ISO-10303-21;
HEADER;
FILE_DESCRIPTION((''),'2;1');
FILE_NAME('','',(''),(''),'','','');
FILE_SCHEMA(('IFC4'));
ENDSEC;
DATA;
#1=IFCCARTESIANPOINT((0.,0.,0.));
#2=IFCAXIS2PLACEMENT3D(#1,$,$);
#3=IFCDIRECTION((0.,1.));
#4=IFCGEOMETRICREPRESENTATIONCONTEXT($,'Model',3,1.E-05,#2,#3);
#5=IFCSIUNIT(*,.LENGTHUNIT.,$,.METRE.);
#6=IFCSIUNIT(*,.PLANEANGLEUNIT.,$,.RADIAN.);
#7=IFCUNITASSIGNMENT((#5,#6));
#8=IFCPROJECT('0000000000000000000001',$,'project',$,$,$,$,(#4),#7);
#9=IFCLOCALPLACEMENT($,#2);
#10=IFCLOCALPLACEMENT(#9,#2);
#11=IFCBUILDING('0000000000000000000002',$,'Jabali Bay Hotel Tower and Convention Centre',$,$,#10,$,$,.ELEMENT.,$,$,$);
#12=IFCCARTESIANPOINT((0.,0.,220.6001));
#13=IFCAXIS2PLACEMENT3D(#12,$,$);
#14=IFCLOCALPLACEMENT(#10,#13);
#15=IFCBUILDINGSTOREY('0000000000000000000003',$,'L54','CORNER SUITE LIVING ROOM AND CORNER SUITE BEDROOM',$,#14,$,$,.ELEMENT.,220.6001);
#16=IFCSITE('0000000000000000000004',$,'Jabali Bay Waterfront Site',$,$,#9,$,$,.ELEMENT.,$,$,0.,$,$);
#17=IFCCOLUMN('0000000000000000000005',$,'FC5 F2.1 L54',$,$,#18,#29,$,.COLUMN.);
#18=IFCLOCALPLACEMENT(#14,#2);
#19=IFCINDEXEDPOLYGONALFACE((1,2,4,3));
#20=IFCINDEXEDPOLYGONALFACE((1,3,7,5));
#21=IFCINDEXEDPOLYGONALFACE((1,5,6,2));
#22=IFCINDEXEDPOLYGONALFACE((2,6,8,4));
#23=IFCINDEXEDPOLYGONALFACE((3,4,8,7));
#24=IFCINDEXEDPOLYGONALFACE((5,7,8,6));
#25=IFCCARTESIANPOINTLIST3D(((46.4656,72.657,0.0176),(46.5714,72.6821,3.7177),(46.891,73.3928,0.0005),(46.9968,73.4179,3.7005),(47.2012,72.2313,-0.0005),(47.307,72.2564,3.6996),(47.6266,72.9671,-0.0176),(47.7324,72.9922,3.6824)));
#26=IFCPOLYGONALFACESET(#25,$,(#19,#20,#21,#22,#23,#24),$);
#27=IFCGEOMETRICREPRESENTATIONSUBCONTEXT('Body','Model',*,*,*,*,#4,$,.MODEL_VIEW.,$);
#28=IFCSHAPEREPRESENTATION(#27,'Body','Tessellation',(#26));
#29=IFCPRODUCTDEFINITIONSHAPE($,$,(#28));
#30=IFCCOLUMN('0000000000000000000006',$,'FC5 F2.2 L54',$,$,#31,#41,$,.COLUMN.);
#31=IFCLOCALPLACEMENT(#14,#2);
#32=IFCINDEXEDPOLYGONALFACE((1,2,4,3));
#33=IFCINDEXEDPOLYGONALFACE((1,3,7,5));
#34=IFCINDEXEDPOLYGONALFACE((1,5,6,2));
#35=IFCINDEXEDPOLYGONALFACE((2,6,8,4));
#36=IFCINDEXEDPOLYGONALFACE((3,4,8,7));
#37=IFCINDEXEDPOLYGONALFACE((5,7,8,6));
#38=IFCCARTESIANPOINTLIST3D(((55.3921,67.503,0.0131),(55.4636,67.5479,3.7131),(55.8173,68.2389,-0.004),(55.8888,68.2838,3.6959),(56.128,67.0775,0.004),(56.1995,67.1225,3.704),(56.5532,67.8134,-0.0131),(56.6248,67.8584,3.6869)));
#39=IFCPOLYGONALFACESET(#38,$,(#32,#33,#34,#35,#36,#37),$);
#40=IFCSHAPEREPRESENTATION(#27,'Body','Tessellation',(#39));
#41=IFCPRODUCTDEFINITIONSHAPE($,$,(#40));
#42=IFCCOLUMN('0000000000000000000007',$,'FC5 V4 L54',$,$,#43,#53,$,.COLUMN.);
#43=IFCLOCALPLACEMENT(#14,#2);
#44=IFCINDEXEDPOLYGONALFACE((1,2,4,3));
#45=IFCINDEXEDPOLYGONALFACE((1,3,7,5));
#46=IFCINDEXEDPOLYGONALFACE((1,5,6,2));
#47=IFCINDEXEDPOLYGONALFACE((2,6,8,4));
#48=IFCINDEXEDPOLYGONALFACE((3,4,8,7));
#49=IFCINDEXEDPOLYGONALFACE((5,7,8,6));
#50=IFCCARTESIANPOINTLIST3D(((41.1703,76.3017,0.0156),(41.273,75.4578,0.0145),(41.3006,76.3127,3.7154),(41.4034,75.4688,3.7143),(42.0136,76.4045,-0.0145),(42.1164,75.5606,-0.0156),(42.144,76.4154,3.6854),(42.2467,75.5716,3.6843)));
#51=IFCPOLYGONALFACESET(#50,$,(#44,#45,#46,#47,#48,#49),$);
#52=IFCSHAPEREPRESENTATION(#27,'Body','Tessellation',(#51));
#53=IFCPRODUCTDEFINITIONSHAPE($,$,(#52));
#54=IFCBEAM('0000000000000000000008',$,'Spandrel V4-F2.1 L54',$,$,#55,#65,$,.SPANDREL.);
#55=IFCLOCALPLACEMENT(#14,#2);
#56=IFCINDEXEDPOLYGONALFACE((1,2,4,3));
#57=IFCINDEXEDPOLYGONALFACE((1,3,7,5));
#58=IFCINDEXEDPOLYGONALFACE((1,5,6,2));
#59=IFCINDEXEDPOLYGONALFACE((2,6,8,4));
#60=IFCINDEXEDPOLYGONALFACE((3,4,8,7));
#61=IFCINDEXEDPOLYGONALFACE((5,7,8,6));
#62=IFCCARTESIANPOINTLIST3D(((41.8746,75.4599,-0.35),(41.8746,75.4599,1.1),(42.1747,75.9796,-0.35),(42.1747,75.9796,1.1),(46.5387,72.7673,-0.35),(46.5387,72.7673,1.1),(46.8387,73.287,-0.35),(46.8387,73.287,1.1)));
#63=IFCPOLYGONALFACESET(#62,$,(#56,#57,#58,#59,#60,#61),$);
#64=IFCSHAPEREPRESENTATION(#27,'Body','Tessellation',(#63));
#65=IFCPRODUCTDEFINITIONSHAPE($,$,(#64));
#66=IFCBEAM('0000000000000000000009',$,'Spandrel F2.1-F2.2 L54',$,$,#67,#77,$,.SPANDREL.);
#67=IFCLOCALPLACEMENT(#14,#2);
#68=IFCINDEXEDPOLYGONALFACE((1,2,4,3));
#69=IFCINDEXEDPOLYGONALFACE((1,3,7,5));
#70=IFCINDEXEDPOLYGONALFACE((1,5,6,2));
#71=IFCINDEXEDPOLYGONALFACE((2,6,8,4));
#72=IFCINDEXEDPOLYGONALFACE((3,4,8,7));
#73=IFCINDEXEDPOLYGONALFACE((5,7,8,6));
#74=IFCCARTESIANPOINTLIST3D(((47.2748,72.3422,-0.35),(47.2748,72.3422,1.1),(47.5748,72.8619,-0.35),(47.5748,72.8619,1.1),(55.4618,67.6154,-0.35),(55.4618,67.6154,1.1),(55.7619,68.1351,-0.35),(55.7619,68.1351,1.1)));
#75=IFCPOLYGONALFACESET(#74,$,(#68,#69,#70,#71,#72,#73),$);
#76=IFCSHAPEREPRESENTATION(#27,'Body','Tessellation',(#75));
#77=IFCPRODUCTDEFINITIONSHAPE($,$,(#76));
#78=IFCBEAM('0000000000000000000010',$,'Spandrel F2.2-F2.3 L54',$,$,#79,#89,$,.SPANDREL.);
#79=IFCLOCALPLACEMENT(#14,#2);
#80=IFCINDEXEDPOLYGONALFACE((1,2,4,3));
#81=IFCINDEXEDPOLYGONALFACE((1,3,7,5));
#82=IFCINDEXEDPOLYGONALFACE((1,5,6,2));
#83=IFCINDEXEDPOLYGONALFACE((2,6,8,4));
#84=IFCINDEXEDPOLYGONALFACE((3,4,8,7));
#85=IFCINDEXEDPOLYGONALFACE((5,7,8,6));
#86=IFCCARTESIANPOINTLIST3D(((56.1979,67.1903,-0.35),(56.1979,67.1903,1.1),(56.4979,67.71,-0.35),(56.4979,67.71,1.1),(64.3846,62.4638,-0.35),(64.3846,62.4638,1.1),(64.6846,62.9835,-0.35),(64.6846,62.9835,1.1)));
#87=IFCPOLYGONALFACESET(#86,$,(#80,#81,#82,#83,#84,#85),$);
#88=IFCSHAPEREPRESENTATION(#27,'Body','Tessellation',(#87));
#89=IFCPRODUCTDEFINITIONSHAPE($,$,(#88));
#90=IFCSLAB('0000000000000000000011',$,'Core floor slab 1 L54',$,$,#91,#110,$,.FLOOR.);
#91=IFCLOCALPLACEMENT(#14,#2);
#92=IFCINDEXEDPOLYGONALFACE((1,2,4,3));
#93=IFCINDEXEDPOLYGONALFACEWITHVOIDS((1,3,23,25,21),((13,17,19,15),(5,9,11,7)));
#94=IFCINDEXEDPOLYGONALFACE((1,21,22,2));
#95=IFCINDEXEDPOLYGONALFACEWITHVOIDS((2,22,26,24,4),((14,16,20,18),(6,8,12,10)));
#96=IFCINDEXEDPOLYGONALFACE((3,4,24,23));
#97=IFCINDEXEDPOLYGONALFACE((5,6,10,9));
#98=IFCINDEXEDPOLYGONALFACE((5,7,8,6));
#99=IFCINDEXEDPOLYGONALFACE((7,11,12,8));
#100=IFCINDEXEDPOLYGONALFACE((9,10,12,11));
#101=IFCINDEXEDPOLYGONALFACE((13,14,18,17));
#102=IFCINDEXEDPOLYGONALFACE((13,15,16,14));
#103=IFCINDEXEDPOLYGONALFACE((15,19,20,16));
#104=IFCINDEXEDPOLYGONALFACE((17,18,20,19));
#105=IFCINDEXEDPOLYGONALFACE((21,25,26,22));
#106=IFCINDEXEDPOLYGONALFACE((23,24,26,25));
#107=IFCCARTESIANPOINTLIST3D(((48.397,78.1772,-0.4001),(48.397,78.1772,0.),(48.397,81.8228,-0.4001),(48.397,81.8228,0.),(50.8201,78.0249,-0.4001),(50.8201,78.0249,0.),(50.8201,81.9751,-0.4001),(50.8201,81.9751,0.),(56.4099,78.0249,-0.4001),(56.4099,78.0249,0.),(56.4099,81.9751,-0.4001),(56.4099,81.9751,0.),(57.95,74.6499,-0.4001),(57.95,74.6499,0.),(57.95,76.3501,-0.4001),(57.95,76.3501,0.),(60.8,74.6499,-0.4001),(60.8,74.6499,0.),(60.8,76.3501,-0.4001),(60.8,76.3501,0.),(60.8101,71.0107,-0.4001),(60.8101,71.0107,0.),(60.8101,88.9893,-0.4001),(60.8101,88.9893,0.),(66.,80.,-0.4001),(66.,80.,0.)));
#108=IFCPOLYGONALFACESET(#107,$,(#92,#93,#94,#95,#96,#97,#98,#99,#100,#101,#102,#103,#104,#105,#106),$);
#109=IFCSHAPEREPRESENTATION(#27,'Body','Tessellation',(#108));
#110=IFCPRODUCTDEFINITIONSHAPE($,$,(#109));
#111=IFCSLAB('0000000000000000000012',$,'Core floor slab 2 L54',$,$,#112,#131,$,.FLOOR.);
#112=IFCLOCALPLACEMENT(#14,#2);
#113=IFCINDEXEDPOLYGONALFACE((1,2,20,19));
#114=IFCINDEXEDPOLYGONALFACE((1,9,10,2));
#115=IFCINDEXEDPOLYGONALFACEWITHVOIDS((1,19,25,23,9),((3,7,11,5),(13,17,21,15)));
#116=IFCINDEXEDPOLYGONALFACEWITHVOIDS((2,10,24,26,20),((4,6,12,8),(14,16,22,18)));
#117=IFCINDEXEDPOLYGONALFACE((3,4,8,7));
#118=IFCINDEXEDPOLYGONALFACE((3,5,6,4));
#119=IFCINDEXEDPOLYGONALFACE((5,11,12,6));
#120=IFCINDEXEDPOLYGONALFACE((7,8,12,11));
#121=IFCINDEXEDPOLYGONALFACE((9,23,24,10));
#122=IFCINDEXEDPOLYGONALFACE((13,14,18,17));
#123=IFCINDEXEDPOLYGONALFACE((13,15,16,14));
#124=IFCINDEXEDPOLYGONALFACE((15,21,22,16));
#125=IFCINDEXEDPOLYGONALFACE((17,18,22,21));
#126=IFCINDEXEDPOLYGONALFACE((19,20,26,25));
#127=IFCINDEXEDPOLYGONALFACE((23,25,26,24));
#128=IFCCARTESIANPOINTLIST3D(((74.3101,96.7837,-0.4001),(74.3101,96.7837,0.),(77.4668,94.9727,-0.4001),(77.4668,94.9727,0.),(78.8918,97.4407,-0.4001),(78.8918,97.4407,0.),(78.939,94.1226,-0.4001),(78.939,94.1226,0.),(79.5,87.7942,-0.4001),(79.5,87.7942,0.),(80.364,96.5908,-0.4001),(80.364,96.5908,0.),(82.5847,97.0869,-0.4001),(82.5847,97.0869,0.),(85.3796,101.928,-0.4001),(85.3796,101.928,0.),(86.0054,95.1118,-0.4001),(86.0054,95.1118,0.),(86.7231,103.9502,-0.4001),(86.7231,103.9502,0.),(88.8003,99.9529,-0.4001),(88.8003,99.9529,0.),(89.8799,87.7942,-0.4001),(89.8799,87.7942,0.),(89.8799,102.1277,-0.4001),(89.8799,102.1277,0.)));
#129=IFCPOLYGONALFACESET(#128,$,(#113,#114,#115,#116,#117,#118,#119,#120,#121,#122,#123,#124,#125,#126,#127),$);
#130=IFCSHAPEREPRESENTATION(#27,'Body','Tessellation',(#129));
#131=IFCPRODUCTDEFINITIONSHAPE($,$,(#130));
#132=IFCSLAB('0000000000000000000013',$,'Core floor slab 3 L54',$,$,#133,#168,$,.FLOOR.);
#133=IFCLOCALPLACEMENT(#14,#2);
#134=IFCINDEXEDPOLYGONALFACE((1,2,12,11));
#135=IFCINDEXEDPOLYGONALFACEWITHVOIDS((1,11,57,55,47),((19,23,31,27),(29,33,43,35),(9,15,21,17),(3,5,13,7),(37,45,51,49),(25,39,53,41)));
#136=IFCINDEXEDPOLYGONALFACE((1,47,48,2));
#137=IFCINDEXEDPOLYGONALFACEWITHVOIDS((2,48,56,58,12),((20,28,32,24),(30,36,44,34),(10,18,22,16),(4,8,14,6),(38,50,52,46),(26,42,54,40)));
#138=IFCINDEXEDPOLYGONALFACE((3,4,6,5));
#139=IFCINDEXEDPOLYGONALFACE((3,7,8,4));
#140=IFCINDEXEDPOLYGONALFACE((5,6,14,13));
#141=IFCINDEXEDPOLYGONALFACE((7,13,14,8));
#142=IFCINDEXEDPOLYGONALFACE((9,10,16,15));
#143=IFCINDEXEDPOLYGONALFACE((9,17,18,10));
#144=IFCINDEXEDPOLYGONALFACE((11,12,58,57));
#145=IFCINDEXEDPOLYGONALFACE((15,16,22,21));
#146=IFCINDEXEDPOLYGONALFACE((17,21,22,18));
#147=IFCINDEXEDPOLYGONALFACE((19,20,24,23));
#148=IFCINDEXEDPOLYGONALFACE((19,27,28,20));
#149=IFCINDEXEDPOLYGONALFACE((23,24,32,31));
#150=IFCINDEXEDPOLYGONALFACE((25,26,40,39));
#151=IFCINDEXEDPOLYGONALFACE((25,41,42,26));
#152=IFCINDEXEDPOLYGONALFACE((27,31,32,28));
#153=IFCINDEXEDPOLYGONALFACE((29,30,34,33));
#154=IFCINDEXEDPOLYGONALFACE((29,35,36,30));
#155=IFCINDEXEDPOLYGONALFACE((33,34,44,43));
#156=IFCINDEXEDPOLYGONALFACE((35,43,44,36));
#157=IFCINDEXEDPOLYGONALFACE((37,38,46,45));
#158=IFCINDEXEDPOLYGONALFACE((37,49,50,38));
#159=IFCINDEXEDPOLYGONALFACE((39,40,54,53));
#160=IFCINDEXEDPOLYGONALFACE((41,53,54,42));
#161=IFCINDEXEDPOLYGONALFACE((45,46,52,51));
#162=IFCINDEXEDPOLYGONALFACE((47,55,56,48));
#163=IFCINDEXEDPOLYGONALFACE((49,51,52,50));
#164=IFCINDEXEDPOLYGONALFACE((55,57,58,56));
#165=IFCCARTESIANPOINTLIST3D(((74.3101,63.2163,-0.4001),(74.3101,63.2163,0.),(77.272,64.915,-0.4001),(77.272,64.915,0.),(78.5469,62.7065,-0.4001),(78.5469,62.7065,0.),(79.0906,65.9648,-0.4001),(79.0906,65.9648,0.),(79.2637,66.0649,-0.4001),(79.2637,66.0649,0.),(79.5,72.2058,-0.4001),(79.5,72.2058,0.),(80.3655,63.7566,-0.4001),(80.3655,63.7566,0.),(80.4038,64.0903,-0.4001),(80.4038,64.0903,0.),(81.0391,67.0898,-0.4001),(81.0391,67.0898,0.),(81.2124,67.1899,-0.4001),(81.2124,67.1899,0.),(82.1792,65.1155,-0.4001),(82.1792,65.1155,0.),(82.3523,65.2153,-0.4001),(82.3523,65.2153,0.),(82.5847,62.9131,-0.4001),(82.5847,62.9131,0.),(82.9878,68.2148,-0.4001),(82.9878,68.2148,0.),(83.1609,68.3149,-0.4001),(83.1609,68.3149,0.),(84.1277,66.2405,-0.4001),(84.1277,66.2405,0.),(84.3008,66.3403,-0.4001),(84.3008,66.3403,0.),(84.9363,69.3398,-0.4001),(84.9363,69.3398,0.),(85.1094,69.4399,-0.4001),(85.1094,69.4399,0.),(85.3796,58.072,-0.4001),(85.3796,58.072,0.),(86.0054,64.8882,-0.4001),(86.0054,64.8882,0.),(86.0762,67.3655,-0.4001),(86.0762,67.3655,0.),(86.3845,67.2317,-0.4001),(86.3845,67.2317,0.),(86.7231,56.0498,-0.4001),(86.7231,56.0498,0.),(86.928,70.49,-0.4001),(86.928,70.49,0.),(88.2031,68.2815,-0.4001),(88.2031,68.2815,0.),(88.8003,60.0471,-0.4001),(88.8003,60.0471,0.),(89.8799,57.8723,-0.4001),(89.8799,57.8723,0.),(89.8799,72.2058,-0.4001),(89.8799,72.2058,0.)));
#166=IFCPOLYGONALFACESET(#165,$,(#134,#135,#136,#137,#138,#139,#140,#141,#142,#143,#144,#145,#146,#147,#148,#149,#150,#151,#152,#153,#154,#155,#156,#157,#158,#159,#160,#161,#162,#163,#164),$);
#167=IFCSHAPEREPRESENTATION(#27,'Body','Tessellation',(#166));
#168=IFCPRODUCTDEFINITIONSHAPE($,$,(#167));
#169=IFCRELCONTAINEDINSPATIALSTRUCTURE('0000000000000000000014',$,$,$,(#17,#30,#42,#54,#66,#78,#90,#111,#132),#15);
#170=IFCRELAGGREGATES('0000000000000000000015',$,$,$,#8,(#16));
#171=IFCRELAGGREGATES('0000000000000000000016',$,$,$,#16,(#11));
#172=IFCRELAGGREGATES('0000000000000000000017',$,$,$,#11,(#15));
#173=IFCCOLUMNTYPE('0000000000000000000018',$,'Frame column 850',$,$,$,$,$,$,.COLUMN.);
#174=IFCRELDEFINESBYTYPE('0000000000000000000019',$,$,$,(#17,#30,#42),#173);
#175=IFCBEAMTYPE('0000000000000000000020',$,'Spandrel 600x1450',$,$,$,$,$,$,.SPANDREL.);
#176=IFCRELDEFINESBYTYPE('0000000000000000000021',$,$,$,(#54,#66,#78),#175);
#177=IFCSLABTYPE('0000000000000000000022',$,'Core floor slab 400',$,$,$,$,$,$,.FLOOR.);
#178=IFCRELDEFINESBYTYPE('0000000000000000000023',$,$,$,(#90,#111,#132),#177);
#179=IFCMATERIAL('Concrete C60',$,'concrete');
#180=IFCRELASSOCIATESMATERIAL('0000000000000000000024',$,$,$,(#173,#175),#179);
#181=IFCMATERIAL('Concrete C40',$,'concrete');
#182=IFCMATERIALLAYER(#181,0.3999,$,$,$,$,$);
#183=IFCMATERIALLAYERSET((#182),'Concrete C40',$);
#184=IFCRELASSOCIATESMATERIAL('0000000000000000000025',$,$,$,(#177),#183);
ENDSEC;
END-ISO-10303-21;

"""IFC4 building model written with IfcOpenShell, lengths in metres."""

from ifc_helpers import new_model, si_unit, direction, frame, origin, origin_2d, place, context, subcontext, project, spatial, polyline, rectangle, outline, extrude, material, layer, layer_set, material_profile, profile_set, type_object, element, save


model = new_model("IFC4")

# Units and contexts
model_context = context("Model", 3, precision=1e-05, world=origin(), true_north=direction((0.0, 1.0)))
body_context = subcontext(model_context, "Body", "Model", "MODEL_VIEW")
ifc_project = project(units=[si_unit("LENGTHUNIT", "METRE"), si_unit("PLANEANGLEUNIT", "RADIAN")], contexts=[model_context])

# Site, building, storey
site_placement = place(None, origin())
site = spatial("IfcSite", under=ifc_project, at=site_placement, Name="Jabali Bay Waterfront Site", CompositionType="ELEMENT", RefElevation=0.0)
building_placement = place(site_placement, origin())
building = spatial("IfcBuilding", under=site, at=building_placement, Name="Jabali Bay Hotel Tower and Convention Centre", CompositionType="ELEMENT")
storey_placement = place(building_placement, frame((0.0, 0.0, 220.6001)))
storey = spatial("IfcBuildingStorey", under=building, at=storey_placement, Name="L54", Description="CORNER SUITE LIVING ROOM AND CORNER SUITE BEDROOM", CompositionType="ELEMENT", Elevation=220.6001)

# Columns
ifc_material_1 = material(Name="Concrete C60", Category="concrete")
ifc_material_profile_1 = material_profile(ifc_material_1, rectangle(XDim=0.8501, YDim=0.8501, at=origin_2d()), Name="Frame column 850")
ifc_profile_set_1 = profile_set([ifc_material_profile_1], Name="Concrete C60")
column_type = type_object("IfcColumnType", Name="Frame column 850", PredefinedType="COLUMN", material=ifc_profile_set_1)
column_1_placement = place(storey_placement, frame((47.0461, 72.812, 0.0), z_axis=(0.028559, 0.006794, 0.999569), x_axis=(-0.86532, 0.500766, 0.02132)))
element("IfcColumn", 1, at=column_1_placement, inside=storey, type_object=column_type, Name="FC5 F2.1 L54", PredefinedType="COLUMN", context=body_context, shape_type="SweptSolid", body=[
    extrude(rectangle(XDim=0.8501, YDim=0.8501, at=origin_2d()), origin(), (0.0, 0.0, 1.0), 3.7017),
])
column_2_placement = place(storey_placement, frame((55.9727, 67.6582, 0.0), z_axis=(0.019329, 0.012138, 0.99974), x_axis=(-0.865694, 0.50046, 0.010661)))
element("IfcColumn", 2, at=column_2_placement, inside=storey, type_object=column_type, Name="FC5 F2.2 L54", PredefinedType="COLUMN", context=body_context, shape_type="SweptSolid", body=[
    extrude(rectangle(XDim=0.8501, YDim=0.8501, at=origin_2d()), origin(), (0.0, 0.0, 1.0), 3.7009),
])
column_3_placement = place(storey_placement, frame((41.6433, 75.9312, 0.0), z_axis=(0.035214, 0.002967, 0.999375), x_axis=(-0.120903, 0.992663, 0.001313)))
element("IfcColumn", 3, at=column_3_placement, inside=storey, type_object=column_type, Name="FC5 V4 L54", PredefinedType="COLUMN", context=body_context, shape_type="SweptSolid", body=[
    extrude(rectangle(XDim=0.8501, YDim=0.8501, at=origin_2d()), origin(), (0.0, 0.0, 1.0), 3.7021),
])

# Beams
ifc_material_profile_2 = material_profile(ifc_material_1, rectangle(XDim=0.6001, YDim=1.45, at=origin_2d()), Name="Spandrel 600x1450")
ifc_profile_set_2 = profile_set([ifc_material_profile_2], Name="Concrete C60")
beam_type = type_object("IfcBeamType", Name="Spandrel 600x1450", PredefinedType="SPANDREL", material=ifc_profile_set_2)
beam_1_placement = place(storey_placement, frame((42.0247, 75.7197, 0.375), z_axis=(0.866039, -0.499976, 0.0), x_axis=(0.499976, 0.866039, 0.0)))
element("IfcBeam", 4, at=beam_1_placement, inside=storey, type_object=beam_type, Name="Spandrel V4-F2.1 L54", PredefinedType="SPANDREL", context=body_context, shape_type="SweptSolid", body=[
    extrude(rectangle(XDim=0.6001, YDim=1.45, at=origin_2d()), origin(), (0.0, 0.0, 1.0), 5.3855),
])
beam_2_placement = place(storey_placement, frame((47.4248, 72.6021, 0.375), z_axis=(0.866024, -0.500003, 0.0), x_axis=(0.500003, 0.866024, 0.0)))
element("IfcBeam", 5, at=beam_2_placement, inside=storey, type_object=beam_type, Name="Spandrel F2.1-F2.2 L54", PredefinedType="SPANDREL", context=body_context, shape_type="SweptSolid", body=[
    extrude(rectangle(XDim=0.6001, YDim=1.45, at=origin_2d()), origin(), (0.0, 0.0, 1.0), 9.4536),
])
beam_3_placement = place(storey_placement, frame((56.3479, 67.4502, 0.375), z_axis=(0.866029, -0.499994, 0.0), x_axis=(0.499994, 0.866029, 0.0)))
element("IfcBeam", 6, at=beam_3_placement, inside=storey, type_object=beam_type, Name="Spandrel F2.2-F2.3 L54", PredefinedType="SPANDREL", context=body_context, shape_type="SweptSolid", body=[
    extrude(rectangle(XDim=0.6001, YDim=1.45, at=origin_2d()), origin(), (0.0, 0.0, 1.0), 9.4531),
])

# Slabs
ifc_material_2 = material(Name="Concrete C40", Category="concrete")
ifc_layer_1 = layer(ifc_material_2, 0.3999)
ifc_layer_set_1 = layer_set([ifc_layer_1], Name="Concrete C40")
slab_type_1 = type_object("IfcSlabType", Name="Core floor slab 400", PredefinedType="FLOOR", material=ifc_layer_set_1)
slab_1_placement = place(storey_placement, frame((0.0, 0.0, -0.4001)))
element("IfcSlab", 7, at=slab_1_placement, inside=storey, type_object=slab_type_1, Name="Core floor slab 1 L54", PredefinedType="FLOOR", context=body_context, shape_type="SweptSolid", body=[
    extrude(outline(polyline([(66.0, 80.0), (60.8101, 88.9893), (48.397, 81.8228), (48.397, 78.1772), (60.8101, 71.0107), (66.0, 80.0)]), holes=[polyline([(60.8, 76.3501), (57.95, 76.3501), (57.95, 74.6499), (60.8, 74.6499), (60.8, 76.3501)]), polyline([(50.8201, 81.9751), (50.8201, 78.0249), (56.4099, 78.0249), (56.4099, 81.9751), (50.8201, 81.9751)])]), origin(), (0.0, 0.0, 1.0), 0.4001),
])
slab_2_placement = place(storey_placement, frame((0.0, 0.0, -0.4001)))
element("IfcSlab", 8, at=slab_2_placement, inside=storey, type_object=slab_type_1, Name="Core floor slab 2 L54", PredefinedType="FLOOR", context=body_context, shape_type="SweptSolid", body=[
    extrude(outline(polyline([(79.5, 87.7942), (89.8799, 87.7942), (89.8799, 102.1277), (86.7231, 103.9502), (74.3101, 96.7837), (79.5, 87.7942)]), holes=[polyline([(78.939, 94.1226), (80.364, 96.5908), (78.8918, 97.4407), (77.4668, 94.9727), (78.939, 94.1226)]), polyline([(88.8003, 99.9529), (85.3796, 101.928), (82.5847, 97.0869), (86.0054, 95.1118), (88.8003, 99.9529)])]), origin(), (0.0, 0.0, 1.0), 0.4001),
])
slab_3_placement = place(storey_placement, frame((0.0, 0.0, -0.4001)))
element("IfcSlab", 9, at=slab_3_placement, inside=storey, type_object=slab_type_1, Name="Core floor slab 3 L54", PredefinedType="FLOOR", context=body_context, shape_type="SweptSolid", body=[
    extrude(outline(polyline([(79.5, 72.2058), (74.3101, 63.2163), (86.7231, 56.0498), (89.8799, 57.8723), (89.8799, 72.2058), (79.5, 72.2058)]), holes=[polyline([(82.5847, 62.9131), (85.3796, 58.072), (88.8003, 60.0471), (86.0054, 64.8882), (82.5847, 62.9131)]), polyline([(80.3655, 63.7566), (79.0906, 65.9648), (77.272, 64.915), (78.5469, 62.7065), (80.3655, 63.7566)]), polyline([(82.1792, 65.1155), (81.0391, 67.0898), (79.2637, 66.0649), (80.4038, 64.0903), (82.1792, 65.1155)]), polyline([(82.9878, 68.2148), (81.2124, 67.1899), (82.3523, 65.2153), (84.1277, 66.2405), (82.9878, 68.2148)]), polyline([(86.0762, 67.3655), (84.9363, 69.3398), (83.1609, 68.3149), (84.3008, 66.3403), (86.0762, 67.3655)]), polyline([(88.2031, 68.2815), (86.928, 70.49), (85.1094, 69.4399), (86.3845, 67.2317), (88.2031, 68.2815)])]), origin(), (0.0, 0.0, 1.0), 0.4001),
])

save(model, "model.ifc")
